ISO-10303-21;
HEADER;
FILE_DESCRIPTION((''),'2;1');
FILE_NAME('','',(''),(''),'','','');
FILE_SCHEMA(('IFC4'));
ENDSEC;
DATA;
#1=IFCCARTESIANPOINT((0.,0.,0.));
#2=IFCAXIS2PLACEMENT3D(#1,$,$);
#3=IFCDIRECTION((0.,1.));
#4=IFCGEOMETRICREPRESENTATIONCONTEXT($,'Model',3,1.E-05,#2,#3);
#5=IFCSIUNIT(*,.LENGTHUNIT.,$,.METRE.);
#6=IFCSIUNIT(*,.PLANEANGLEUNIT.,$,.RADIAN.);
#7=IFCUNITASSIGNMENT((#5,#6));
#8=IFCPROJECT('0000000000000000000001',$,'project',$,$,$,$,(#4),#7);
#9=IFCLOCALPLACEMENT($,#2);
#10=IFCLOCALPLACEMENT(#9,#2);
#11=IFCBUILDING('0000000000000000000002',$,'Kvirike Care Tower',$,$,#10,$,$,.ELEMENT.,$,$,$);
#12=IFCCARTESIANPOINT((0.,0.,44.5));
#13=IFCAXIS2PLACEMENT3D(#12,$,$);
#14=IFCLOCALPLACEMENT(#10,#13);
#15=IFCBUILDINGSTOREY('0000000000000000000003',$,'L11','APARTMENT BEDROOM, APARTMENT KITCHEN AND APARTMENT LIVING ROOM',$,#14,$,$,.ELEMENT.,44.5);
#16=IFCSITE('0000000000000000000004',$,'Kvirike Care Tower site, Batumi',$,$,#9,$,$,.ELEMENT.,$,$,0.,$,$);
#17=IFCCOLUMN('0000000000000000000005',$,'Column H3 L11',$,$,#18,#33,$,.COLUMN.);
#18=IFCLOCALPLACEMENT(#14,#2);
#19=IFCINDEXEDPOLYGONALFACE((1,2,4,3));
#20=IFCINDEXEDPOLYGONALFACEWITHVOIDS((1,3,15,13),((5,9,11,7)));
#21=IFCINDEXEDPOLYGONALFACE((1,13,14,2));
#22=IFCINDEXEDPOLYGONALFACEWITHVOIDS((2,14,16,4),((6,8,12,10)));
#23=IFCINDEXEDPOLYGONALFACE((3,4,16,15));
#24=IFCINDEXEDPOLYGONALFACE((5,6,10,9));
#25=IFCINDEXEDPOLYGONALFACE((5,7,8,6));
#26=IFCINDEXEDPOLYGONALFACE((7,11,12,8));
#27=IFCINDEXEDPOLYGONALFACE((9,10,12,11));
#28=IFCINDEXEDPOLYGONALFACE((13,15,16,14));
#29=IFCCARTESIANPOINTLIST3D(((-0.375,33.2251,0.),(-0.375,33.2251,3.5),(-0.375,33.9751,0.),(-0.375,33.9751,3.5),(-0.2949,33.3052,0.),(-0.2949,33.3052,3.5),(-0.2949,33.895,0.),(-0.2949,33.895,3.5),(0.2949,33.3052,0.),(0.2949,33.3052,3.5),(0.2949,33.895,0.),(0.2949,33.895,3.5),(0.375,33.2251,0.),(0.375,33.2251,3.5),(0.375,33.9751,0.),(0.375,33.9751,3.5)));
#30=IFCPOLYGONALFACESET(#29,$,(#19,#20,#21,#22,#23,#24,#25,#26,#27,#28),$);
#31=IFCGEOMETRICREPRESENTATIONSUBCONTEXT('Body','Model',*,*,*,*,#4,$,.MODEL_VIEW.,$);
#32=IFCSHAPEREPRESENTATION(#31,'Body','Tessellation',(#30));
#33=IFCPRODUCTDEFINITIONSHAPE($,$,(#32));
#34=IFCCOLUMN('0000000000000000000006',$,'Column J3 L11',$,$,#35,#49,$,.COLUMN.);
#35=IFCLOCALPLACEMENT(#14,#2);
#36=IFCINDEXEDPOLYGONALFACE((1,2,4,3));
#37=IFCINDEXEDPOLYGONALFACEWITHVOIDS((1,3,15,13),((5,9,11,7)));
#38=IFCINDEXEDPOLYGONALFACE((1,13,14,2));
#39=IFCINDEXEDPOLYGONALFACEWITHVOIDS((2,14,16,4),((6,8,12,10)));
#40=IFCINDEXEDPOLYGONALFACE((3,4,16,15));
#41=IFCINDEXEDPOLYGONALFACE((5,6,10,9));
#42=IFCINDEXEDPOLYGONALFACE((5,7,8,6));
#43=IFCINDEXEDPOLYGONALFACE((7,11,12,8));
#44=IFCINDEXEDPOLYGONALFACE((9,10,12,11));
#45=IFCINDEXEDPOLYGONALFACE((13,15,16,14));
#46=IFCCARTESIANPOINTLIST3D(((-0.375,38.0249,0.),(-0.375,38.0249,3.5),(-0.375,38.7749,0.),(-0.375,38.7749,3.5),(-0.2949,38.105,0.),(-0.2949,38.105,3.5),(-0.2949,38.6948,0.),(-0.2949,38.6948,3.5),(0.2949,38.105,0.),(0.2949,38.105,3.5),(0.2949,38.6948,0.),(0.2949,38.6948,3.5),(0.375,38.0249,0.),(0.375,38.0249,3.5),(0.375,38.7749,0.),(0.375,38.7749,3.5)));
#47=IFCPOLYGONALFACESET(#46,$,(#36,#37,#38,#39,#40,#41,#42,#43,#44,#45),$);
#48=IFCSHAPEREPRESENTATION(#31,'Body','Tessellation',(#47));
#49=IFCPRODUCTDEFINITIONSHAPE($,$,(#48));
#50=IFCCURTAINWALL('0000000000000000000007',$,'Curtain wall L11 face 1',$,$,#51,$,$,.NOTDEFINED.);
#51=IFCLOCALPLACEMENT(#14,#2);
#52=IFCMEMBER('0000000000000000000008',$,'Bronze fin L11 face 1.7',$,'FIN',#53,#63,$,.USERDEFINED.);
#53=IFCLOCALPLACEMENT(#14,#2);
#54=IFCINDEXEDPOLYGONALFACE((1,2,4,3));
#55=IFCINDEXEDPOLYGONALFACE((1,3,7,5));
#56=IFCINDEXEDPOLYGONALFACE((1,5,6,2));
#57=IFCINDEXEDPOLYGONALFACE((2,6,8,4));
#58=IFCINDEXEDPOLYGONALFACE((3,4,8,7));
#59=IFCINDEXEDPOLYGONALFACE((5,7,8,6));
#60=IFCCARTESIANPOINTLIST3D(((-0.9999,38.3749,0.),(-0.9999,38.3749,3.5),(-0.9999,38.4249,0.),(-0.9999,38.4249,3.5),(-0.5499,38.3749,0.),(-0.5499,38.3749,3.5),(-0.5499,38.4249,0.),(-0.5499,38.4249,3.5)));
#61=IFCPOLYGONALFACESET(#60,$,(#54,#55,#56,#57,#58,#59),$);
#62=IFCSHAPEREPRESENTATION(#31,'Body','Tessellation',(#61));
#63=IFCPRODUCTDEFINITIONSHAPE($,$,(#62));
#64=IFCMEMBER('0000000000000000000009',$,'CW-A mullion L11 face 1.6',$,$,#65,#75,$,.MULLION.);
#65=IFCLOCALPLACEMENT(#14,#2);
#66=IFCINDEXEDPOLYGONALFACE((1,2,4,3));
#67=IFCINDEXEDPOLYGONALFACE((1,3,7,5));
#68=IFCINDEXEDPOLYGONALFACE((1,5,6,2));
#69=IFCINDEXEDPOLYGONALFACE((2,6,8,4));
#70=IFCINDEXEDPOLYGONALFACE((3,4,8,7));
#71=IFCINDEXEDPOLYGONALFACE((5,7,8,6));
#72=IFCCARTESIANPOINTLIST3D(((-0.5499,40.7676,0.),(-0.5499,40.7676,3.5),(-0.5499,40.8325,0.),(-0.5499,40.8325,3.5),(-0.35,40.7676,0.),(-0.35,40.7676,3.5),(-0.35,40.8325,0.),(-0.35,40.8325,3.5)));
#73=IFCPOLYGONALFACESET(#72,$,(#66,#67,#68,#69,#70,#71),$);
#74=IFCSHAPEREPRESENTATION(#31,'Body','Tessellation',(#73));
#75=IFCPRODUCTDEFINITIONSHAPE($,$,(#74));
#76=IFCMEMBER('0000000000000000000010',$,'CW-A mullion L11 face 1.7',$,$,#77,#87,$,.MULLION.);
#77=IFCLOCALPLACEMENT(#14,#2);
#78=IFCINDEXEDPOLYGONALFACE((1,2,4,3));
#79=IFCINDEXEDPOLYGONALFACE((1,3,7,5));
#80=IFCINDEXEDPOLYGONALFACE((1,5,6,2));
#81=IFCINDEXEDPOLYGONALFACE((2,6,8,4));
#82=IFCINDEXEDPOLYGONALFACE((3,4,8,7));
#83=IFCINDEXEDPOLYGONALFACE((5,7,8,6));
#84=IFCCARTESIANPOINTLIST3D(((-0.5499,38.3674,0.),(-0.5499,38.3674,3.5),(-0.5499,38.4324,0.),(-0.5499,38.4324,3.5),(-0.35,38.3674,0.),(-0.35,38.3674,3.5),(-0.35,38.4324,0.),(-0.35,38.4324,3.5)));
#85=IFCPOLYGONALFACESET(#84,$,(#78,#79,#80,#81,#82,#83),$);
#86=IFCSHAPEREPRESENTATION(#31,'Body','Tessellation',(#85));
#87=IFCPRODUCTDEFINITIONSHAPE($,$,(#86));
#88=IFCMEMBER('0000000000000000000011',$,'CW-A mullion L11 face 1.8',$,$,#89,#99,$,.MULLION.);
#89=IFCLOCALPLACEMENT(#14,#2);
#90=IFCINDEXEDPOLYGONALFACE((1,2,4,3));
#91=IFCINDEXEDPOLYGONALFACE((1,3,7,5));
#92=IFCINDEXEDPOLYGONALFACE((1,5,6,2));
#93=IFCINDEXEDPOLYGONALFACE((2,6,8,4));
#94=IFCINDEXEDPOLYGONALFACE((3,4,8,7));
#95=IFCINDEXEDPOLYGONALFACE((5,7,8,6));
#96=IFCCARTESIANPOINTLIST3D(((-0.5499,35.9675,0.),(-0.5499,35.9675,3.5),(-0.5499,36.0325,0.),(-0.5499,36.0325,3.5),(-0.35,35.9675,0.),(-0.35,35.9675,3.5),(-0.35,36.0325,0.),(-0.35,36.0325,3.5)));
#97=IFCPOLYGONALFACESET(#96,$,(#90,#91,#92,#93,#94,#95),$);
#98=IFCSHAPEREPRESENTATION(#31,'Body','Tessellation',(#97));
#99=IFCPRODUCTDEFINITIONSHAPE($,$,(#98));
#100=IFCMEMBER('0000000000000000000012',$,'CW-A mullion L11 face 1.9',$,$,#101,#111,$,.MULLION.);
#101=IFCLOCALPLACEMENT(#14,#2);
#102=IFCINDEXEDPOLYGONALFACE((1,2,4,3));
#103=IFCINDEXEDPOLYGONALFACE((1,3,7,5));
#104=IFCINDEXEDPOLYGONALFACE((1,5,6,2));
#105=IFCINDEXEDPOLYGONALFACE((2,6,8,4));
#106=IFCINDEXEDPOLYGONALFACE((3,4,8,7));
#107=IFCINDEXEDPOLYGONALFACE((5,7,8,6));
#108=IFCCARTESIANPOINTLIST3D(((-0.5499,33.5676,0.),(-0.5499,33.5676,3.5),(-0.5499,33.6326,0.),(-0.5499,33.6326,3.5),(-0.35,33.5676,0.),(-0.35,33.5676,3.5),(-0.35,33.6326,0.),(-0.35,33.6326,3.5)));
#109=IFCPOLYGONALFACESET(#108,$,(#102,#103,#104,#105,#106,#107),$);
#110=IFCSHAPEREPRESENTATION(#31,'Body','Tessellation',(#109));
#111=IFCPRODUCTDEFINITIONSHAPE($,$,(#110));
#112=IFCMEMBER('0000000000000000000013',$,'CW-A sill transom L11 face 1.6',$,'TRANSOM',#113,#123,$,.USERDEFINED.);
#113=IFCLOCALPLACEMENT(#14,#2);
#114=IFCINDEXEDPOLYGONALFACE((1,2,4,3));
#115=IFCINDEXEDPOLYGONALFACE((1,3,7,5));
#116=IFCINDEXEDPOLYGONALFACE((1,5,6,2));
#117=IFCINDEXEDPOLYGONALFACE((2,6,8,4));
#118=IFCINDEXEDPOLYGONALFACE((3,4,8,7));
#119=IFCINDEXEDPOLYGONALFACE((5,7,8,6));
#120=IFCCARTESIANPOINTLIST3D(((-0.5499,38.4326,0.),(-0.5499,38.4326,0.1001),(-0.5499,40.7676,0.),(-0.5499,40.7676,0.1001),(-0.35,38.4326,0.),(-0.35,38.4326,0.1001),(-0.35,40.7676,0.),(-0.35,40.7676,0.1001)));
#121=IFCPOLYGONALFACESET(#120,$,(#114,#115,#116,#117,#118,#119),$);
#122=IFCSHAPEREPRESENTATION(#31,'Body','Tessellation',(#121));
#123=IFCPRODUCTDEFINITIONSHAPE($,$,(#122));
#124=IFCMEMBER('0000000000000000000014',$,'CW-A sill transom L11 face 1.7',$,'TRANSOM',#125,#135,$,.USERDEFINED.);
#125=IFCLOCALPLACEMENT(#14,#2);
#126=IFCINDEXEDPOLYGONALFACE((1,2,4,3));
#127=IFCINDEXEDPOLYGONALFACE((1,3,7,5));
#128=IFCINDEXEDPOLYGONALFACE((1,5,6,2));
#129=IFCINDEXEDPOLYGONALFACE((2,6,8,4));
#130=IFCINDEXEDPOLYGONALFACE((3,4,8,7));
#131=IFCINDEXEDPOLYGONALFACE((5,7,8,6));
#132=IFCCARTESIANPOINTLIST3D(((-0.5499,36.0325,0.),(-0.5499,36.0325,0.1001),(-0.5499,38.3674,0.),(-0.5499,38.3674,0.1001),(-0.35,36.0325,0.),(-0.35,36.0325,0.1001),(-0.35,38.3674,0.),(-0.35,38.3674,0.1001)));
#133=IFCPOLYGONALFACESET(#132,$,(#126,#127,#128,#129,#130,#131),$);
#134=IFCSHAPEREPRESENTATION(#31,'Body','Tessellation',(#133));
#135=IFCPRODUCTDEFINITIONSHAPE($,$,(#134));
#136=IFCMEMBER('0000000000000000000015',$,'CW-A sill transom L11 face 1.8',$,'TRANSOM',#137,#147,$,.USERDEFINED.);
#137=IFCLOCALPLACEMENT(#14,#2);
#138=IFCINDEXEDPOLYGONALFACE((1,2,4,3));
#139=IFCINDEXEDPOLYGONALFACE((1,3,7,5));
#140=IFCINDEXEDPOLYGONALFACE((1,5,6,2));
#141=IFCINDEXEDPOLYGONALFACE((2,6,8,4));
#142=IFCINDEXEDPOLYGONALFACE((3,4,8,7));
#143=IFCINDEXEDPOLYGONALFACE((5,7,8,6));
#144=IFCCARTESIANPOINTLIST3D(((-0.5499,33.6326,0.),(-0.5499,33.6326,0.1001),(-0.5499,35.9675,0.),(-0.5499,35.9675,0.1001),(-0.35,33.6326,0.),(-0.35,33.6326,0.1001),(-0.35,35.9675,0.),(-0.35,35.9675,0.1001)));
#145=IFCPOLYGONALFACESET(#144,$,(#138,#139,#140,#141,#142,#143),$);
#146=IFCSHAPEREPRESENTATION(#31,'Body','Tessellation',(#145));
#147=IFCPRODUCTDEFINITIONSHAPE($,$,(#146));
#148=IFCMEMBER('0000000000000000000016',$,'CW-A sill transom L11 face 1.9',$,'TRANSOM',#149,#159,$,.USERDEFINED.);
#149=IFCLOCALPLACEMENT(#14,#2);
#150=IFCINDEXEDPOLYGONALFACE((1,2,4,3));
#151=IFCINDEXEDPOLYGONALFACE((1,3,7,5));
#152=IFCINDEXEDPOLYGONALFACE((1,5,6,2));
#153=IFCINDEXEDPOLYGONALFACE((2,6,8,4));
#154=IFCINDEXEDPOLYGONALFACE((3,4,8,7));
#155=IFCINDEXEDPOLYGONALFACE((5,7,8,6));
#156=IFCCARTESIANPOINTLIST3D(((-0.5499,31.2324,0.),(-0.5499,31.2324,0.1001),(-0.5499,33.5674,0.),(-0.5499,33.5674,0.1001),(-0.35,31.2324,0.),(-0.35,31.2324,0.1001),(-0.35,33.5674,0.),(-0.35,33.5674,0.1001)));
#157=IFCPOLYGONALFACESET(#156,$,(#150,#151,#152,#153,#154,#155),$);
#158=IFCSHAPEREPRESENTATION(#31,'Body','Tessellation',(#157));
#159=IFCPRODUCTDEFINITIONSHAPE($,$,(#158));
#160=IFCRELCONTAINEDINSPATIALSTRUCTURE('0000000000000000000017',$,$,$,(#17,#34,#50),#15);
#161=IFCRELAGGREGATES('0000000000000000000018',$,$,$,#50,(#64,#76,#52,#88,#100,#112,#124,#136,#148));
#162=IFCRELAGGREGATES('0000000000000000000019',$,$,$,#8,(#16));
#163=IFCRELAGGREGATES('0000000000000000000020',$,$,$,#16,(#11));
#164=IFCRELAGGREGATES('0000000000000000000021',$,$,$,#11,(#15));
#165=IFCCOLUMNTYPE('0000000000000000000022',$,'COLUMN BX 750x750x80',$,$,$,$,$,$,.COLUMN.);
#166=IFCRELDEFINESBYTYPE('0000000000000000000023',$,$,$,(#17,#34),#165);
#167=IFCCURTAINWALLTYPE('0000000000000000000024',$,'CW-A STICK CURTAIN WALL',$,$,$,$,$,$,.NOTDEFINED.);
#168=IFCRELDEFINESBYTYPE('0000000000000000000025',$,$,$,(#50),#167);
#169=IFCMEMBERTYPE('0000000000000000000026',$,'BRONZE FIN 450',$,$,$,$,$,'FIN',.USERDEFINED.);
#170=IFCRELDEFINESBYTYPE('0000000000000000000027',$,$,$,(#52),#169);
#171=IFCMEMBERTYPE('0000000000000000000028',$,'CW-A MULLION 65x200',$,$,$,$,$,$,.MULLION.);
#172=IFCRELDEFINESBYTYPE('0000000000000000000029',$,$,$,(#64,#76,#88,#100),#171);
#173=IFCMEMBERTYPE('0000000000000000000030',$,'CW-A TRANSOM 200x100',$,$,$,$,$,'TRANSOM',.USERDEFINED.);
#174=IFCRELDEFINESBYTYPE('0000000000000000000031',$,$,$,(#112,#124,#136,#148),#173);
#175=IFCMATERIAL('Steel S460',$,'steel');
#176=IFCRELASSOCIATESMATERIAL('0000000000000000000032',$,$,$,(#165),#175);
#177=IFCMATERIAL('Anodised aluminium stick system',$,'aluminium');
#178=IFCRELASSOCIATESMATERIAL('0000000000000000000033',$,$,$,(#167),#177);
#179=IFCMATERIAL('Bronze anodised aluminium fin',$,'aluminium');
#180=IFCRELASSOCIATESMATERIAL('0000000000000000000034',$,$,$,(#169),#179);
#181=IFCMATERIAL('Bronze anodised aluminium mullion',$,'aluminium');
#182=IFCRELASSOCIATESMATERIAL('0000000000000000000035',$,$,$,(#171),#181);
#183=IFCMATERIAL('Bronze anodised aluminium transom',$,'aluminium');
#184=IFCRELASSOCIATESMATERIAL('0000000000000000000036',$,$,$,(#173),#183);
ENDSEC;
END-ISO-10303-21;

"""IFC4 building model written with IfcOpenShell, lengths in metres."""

from ifc_helpers import new_model, si_unit, direction, frame, origin, origin_2d, place, context, subcontext, project, spatial, rectangle, hollow_rectangle, extrude, material, material_profile, profile_set, type_object, element, aggregate, save


model = new_model("IFC4")

# Units and contexts
model_context = context("Model", 3, precision=1e-05, world=origin(), true_north=direction((0.0, 1.0)))
body_context = subcontext(model_context, "Body", "Model", "MODEL_VIEW")
ifc_project = project(units=[si_unit("LENGTHUNIT", "METRE"), si_unit("PLANEANGLEUNIT", "RADIAN")], contexts=[model_context])

# Site, building, storey
site_placement = place(None, origin())
site = spatial("IfcSite", under=ifc_project, at=site_placement, Name="Kvirike Care Tower site, Batumi", CompositionType="ELEMENT", RefElevation=0.0)
building_placement = place(site_placement, origin())
building = spatial("IfcBuilding", under=site, at=building_placement, Name="Kvirike Care Tower", CompositionType="ELEMENT")
storey_placement = place(building_placement, frame((0.0, 0.0, 44.5)))
storey = spatial("IfcBuildingStorey", under=building, at=storey_placement, Name="L11", Description="APARTMENT BEDROOM, APARTMENT KITCHEN AND APARTMENT LIVING ROOM", CompositionType="ELEMENT", Elevation=44.5)

# Columns
ifc_material_1 = material(Name="Steel S460", Category="steel")
ifc_material_profile_1 = material_profile(ifc_material_1, hollow_rectangle(XDim=0.75, YDim=0.75, WallThickness=0.0801, at=origin_2d()), Name="BX 750x750x80")
ifc_profile_set_1 = profile_set([ifc_material_profile_1], Name="Steel S460")
column_type = type_object("IfcColumnType", Name="COLUMN BX 750x750x80", PredefinedType="COLUMN", material=ifc_profile_set_1)
for number, where, z_axis, x_axis, name in (
    (1, (0.0, 33.6001, 0.0), (0.0, 0.0, 1.0), (1.0, 0.0, 0.0), "Column H3 L11"),
    (2, (0.0, 38.3999, 0.0), (0.0, 0.0, 1.0), (1.0, 0.0, 0.0), "Column J3 L11"),
):
    element("IfcColumn", number, at=place(storey_placement, frame(where, z_axis=z_axis, x_axis=x_axis)), inside=storey, type_object=column_type, Name=name, PredefinedType="COLUMN", context=body_context, shape_type="SweptSolid", body=[
        extrude(hollow_rectangle(XDim=0.75, YDim=0.75, WallThickness=0.0801, at=origin_2d()), origin(), (0.0, 0.0, 1.0), 3.5),
    ])

# Curtain wall, members
ifc_material_2 = material(Name="Anodised aluminium stick system", Category="aluminium")
curtain_wall_type = type_object("IfcCurtainWallType", Name="CW-A STICK CURTAIN WALL", PredefinedType="NOTDEFINED", material=ifc_material_2)
curtain_wall_placement = place(storey_placement, origin())
curtain_wall = element("IfcCurtainWall", 3, at=curtain_wall_placement, inside=storey, type_object=curtain_wall_type, Name="Curtain wall L11 face 1", PredefinedType="NOTDEFINED")
ifc_material_3 = material(Name="Bronze anodised aluminium fin", Category="aluminium")
ifc_material_profile_2 = material_profile(ifc_material_3, rectangle(XDim=0.05, YDim=0.45, at=origin_2d()), Name="BRONZE FIN 450")
ifc_profile_set_2 = profile_set([ifc_material_profile_2], Name="Bronze anodised aluminium fin")
member_type_1 = type_object("IfcMemberType", Name="BRONZE FIN 450", ElementType="FIN", PredefinedType="USERDEFINED", material=ifc_profile_set_2)
member_1_placement = place(storey_placement, frame((-0.7749, 38.3999, 0.0), z_axis=(0.0, 0.0, 1.0), x_axis=(0.0, -1.0, 0.0)))
member_1 = element("IfcMember", 4, at=member_1_placement, type_object=member_type_1, Name="Bronze fin L11 face 1.7", ObjectType="FIN", PredefinedType="USERDEFINED", context=body_context, shape_type="SweptSolid", body=[
    extrude(rectangle(XDim=0.05, YDim=0.45, at=origin_2d()), origin(), (0.0, 0.0, 1.0), 3.5),
])
ifc_material_4 = material(Name="Bronze anodised aluminium mullion", Category="aluminium")
ifc_material_profile_3 = material_profile(ifc_material_4, rectangle(XDim=0.0649, YDim=0.2, at=origin_2d()), Name="CW-A MULLION 65x200")
ifc_profile_set_3 = profile_set([ifc_material_profile_3], Name="Bronze anodised aluminium mullion")
member_type_2 = type_object("IfcMemberType", Name="CW-A MULLION 65x200", PredefinedType="MULLION", material=ifc_profile_set_3)
member_2_placement = place(storey_placement, frame((-0.45, 40.8, 0.0), z_axis=(0.0, 0.0, 1.0), x_axis=(0.0, -1.0, 0.0)))
member_2 = element("IfcMember", 5, at=member_2_placement, type_object=member_type_2, Name="CW-A mullion L11 face 1.6", PredefinedType="MULLION", context=body_context, shape_type="SweptSolid", body=[
    extrude(rectangle(XDim=0.0649, YDim=0.2, at=origin_2d()), origin(), (0.0, 0.0, 1.0), 3.5),
])
member_3_placement = place(storey_placement, frame((-0.45, 38.3999, 0.0), z_axis=(0.0, 0.0, 1.0), x_axis=(0.0, -1.0, 0.0)))
member_3 = element("IfcMember", 6, at=member_3_placement, type_object=member_type_2, Name="CW-A mullion L11 face 1.7", PredefinedType="MULLION", context=body_context, shape_type="SweptSolid", body=[
    extrude(rectangle(XDim=0.0649, YDim=0.2, at=origin_2d()), origin(), (0.0, 0.0, 1.0), 3.5),
])
member_4_placement = place(storey_placement, frame((-0.45, 36.0, 0.0), z_axis=(0.0, 0.0, 1.0), x_axis=(0.0, -1.0, 0.0)))
member_4 = element("IfcMember", 7, at=member_4_placement, type_object=member_type_2, Name="CW-A mullion L11 face 1.8", PredefinedType="MULLION", context=body_context, shape_type="SweptSolid", body=[
    extrude(rectangle(XDim=0.0649, YDim=0.2, at=origin_2d()), origin(), (0.0, 0.0, 1.0), 3.5),
])
member_5_placement = place(storey_placement, frame((-0.45, 33.6001, 0.0), z_axis=(0.0, 0.0, 1.0), x_axis=(0.0, -1.0, 0.0)))
member_5 = element("IfcMember", 8, at=member_5_placement, type_object=member_type_2, Name="CW-A mullion L11 face 1.9", PredefinedType="MULLION", context=body_context, shape_type="SweptSolid", body=[
    extrude(rectangle(XDim=0.0649, YDim=0.2, at=origin_2d()), origin(), (0.0, 0.0, 1.0), 3.5),
])
ifc_material_5 = material(Name="Bronze anodised aluminium transom", Category="aluminium")
ifc_material_profile_4 = material_profile(ifc_material_5, rectangle(XDim=0.2, YDim=0.1001, at=origin_2d()), Name="CW-A TRANSOM 200x100")
ifc_profile_set_4 = profile_set([ifc_material_profile_4], Name="Bronze anodised aluminium transom")
member_type_3 = type_object("IfcMemberType", Name="CW-A TRANSOM 200x100", ElementType="TRANSOM", PredefinedType="USERDEFINED", material=ifc_profile_set_4)
member_6_placement = place(storey_placement, frame((-0.45, 40.7676, 0.05), z_axis=(0.0, -1.0, 0.0), x_axis=(1.0, 0.0, 0.0)))
member_6 = element("IfcMember", 9, at=member_6_placement, type_object=member_type_3, Name="CW-A sill transom L11 face 1.6", ObjectType="TRANSOM", PredefinedType="USERDEFINED", context=body_context, shape_type="SweptSolid", body=[
    extrude(rectangle(XDim=0.2, YDim=0.1001, at=origin_2d()), origin(), (0.0, 0.0, 1.0), 2.335),
])
member_7_placement = place(storey_placement, frame((-0.45, 38.3674, 0.05), z_axis=(0.0, -1.0, 0.0), x_axis=(1.0, 0.0, 0.0)))
member_7 = element("IfcMember", 10, at=member_7_placement, type_object=member_type_3, Name="CW-A sill transom L11 face 1.7", ObjectType="TRANSOM", PredefinedType="USERDEFINED", context=body_context, shape_type="SweptSolid", body=[
    extrude(rectangle(XDim=0.2, YDim=0.1001, at=origin_2d()), origin(), (0.0, 0.0, 1.0), 2.335),
])
member_8_placement = place(storey_placement, frame((-0.45, 35.9675, 0.05), z_axis=(0.0, -1.0, 0.0), x_axis=(1.0, 0.0, 0.0)))
member_8 = element("IfcMember", 11, at=member_8_placement, type_object=member_type_3, Name="CW-A sill transom L11 face 1.8", ObjectType="TRANSOM", PredefinedType="USERDEFINED", context=body_context, shape_type="SweptSolid", body=[
    extrude(rectangle(XDim=0.2, YDim=0.1001, at=origin_2d()), origin(), (0.0, 0.0, 1.0), 2.335),
])
member_9_placement = place(storey_placement, frame((-0.45, 33.5674, 0.05), z_axis=(0.0, -1.0, 0.0), x_axis=(1.0, 0.0, 0.0)))
member_9 = element("IfcMember", 12, at=member_9_placement, type_object=member_type_3, Name="CW-A sill transom L11 face 1.9", ObjectType="TRANSOM", PredefinedType="USERDEFINED", context=body_context, shape_type="SweptSolid", body=[
    extrude(rectangle(XDim=0.2, YDim=0.1001, at=origin_2d()), origin(), (0.0, 0.0, 1.0), 2.335),
])

aggregate(curtain_wall, [member_2, member_3, member_1, member_4, member_5, member_6, member_7, member_8, member_9])

save(model, "model.ifc")
